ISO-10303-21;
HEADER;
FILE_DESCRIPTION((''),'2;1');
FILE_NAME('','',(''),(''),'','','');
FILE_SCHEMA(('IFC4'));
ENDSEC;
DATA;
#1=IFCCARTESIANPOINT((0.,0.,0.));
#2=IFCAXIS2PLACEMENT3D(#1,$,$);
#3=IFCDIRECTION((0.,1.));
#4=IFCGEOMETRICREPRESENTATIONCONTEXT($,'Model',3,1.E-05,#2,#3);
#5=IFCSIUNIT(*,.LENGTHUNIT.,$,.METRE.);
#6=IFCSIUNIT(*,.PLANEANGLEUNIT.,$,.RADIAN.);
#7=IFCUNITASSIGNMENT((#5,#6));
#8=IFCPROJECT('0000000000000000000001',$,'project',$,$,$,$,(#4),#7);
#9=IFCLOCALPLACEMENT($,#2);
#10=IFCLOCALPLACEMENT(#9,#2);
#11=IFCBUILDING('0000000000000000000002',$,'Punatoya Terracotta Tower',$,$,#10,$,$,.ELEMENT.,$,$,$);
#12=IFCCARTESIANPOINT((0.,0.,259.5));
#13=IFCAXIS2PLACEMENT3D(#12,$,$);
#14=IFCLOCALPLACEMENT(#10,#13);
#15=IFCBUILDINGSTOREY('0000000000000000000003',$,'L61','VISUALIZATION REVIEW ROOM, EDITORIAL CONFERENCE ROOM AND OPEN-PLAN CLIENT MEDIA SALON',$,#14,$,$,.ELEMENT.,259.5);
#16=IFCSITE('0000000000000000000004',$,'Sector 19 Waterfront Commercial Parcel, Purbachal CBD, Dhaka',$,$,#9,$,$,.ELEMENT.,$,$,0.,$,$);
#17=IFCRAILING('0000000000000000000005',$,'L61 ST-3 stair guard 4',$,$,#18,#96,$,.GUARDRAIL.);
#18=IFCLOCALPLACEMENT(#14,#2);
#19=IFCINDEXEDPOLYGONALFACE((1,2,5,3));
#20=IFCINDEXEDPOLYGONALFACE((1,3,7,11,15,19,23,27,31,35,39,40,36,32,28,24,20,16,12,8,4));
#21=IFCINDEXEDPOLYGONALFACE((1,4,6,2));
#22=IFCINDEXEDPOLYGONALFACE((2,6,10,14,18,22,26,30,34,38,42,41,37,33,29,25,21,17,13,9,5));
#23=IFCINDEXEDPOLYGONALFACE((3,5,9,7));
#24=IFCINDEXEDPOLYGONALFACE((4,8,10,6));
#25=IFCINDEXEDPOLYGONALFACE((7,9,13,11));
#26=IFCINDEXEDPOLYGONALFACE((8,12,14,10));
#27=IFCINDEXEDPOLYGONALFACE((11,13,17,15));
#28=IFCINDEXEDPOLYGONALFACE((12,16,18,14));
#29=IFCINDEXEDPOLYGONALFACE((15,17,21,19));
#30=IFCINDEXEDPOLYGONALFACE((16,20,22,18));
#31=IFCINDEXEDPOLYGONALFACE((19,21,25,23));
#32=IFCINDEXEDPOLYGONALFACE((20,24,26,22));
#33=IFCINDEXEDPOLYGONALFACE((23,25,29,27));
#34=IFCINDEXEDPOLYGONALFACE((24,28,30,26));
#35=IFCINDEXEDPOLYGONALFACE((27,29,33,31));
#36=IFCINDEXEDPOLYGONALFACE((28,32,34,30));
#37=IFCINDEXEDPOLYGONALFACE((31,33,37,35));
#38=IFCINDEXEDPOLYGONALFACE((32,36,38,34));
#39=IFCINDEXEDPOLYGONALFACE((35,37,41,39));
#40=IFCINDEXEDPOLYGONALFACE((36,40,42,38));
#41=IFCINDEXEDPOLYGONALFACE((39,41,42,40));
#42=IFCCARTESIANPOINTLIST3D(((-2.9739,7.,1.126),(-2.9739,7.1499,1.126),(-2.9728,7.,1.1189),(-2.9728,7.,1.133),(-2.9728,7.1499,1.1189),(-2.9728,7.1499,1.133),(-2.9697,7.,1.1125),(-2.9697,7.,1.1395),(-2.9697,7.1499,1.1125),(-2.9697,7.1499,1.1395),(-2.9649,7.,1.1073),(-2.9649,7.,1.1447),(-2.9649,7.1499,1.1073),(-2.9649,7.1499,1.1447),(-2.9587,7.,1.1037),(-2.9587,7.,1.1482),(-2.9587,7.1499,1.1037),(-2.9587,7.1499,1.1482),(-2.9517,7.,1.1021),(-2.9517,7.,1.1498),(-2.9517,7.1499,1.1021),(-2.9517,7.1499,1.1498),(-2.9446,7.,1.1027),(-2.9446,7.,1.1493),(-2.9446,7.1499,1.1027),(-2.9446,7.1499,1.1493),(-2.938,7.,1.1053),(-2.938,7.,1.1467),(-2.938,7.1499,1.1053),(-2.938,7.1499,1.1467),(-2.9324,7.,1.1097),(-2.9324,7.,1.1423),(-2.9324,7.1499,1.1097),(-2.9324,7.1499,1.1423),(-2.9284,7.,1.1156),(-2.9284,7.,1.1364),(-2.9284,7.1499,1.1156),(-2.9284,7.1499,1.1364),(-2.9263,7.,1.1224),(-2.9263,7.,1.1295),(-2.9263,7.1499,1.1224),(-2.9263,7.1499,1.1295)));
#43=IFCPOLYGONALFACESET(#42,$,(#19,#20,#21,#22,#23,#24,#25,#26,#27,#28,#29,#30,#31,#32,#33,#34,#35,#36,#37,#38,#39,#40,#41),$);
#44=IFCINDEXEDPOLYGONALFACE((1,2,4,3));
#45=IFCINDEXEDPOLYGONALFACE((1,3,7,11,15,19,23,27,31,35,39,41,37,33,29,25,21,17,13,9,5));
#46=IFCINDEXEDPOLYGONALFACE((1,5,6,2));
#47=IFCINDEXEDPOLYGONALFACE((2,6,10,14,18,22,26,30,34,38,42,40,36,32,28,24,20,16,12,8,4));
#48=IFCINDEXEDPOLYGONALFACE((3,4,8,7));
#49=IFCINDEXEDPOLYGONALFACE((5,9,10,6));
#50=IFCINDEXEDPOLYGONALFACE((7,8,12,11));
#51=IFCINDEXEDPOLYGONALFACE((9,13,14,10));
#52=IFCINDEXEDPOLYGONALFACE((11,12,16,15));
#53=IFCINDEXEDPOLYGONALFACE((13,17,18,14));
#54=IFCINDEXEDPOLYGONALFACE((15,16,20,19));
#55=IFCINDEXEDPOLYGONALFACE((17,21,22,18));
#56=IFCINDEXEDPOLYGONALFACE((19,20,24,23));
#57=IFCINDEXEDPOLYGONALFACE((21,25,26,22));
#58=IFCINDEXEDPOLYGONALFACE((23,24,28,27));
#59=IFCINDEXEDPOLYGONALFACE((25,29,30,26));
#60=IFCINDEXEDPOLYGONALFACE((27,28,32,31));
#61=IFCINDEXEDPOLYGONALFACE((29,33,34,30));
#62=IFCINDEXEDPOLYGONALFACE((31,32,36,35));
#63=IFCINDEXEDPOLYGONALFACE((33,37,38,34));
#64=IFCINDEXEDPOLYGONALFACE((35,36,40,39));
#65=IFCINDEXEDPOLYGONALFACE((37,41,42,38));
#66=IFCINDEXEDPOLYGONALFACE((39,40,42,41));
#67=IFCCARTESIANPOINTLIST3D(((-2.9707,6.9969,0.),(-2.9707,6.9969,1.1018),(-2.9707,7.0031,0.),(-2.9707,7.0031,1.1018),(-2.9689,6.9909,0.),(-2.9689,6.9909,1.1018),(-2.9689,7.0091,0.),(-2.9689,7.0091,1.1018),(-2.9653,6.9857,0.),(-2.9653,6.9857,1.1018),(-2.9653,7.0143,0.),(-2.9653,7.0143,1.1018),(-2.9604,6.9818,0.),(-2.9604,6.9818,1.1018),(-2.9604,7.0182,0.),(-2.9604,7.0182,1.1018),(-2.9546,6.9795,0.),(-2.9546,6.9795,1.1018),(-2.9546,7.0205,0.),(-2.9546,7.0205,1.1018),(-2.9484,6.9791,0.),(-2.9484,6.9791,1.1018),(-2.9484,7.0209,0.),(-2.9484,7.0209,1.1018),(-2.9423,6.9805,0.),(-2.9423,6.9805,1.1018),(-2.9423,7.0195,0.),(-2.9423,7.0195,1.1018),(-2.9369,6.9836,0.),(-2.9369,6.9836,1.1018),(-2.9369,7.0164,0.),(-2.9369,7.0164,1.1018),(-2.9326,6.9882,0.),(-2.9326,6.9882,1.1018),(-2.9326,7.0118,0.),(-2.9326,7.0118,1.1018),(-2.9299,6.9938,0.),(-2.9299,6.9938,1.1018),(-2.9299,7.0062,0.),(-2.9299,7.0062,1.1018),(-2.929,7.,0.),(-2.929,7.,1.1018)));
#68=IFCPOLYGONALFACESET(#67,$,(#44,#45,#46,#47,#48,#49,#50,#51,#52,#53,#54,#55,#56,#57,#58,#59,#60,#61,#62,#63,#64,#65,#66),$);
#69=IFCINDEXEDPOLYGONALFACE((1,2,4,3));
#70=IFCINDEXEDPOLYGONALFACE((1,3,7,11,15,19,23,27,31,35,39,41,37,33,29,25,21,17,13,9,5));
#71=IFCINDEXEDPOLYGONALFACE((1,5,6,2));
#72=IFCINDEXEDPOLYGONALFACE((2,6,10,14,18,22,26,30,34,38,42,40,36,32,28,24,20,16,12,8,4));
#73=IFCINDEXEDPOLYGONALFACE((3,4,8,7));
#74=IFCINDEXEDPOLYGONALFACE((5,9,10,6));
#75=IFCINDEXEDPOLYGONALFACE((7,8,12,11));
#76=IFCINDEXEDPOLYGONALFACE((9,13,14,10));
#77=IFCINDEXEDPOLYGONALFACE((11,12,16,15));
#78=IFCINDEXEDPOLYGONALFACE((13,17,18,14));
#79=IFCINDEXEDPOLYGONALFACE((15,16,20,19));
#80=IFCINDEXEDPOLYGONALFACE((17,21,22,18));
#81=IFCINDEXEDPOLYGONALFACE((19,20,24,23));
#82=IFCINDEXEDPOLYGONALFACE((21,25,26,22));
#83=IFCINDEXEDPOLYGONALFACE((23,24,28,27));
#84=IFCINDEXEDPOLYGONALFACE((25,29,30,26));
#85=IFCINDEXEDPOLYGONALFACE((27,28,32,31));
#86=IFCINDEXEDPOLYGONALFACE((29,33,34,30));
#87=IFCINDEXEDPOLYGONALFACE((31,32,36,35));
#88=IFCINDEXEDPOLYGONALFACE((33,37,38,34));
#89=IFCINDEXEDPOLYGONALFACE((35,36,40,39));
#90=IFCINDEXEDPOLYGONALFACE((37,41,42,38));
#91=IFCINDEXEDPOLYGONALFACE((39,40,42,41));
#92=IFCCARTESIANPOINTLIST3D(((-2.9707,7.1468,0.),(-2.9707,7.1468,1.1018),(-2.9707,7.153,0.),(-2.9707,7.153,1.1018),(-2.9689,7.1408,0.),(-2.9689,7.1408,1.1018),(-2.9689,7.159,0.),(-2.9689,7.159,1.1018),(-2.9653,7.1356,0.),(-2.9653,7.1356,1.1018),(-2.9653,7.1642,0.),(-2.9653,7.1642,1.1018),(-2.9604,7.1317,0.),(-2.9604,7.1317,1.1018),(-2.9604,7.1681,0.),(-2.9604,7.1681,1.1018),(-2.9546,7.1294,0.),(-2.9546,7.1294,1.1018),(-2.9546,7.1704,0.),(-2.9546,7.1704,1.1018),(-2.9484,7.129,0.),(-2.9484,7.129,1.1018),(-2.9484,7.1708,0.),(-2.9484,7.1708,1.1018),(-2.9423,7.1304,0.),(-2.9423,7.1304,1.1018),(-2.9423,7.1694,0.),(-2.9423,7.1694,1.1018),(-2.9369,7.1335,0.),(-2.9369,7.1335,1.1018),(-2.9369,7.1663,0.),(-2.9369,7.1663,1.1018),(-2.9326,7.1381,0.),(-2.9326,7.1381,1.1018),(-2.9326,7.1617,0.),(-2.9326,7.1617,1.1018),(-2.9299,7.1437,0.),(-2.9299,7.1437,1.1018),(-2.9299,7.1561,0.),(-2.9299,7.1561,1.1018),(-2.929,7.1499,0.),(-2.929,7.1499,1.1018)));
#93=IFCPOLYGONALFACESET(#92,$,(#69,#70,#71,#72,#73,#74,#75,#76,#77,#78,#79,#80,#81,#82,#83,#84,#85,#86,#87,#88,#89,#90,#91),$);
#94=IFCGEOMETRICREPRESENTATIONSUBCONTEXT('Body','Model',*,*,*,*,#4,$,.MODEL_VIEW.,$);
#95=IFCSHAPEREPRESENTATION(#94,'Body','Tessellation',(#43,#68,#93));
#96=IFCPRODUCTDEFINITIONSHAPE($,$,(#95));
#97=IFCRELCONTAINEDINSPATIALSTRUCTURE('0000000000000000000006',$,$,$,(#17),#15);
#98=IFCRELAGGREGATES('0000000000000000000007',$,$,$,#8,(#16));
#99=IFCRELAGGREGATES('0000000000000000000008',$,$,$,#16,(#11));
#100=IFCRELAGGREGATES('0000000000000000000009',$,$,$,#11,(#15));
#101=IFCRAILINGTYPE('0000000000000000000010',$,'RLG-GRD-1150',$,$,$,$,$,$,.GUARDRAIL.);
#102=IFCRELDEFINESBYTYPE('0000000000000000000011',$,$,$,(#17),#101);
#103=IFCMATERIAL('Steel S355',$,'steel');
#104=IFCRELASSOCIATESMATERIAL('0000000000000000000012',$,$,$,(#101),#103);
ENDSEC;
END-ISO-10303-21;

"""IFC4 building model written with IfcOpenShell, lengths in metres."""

from ifc_helpers import new_model, si_unit, direction, frame, origin, origin_2d, place, context, subcontext, project, spatial, circle, extrude, material, type_object, element, save


model = new_model("IFC4")

# Units and contexts
model_context = context("Model", 3, precision=1e-05, world=origin(), true_north=direction((0.0, 1.0)))
body_context = subcontext(model_context, "Body", "Model", "MODEL_VIEW")
ifc_project = project(units=[si_unit("LENGTHUNIT", "METRE"), si_unit("PLANEANGLEUNIT", "RADIAN")], contexts=[model_context])

# Site, building, storey
site_placement = place(None, origin())
site = spatial("IfcSite", under=ifc_project, at=site_placement, Name="Sector 19 Waterfront Commercial Parcel, Purbachal CBD, Dhaka", CompositionType="ELEMENT", RefElevation=0.0)
building_placement = place(site_placement, origin())
building = spatial("IfcBuilding", under=site, at=building_placement, Name="Punatoya Terracotta Tower", CompositionType="ELEMENT")
storey_placement = place(building_placement, frame((0.0, 0.0, 259.5)))
storey = spatial("IfcBuildingStorey", under=building, at=storey_placement, Name="L61", Description="VISUALIZATION REVIEW ROOM, EDITORIAL CONFERENCE ROOM AND OPEN-PLAN CLIENT MEDIA SALON", CompositionType="ELEMENT", Elevation=259.5)

# Shared definitions
ifc_material_1 = material(Name="Steel S355", Category="steel")

# Railing
railing_type_1 = type_object("IfcRailingType", Name="RLG-GRD-1150", PredefinedType="GUARDRAIL", material=ifc_material_1)
railing_1_placement = place(storey_placement, frame((-2.95, 7.0, 0.0)))
element("IfcRailing", 1, at=railing_1_placement, inside=storey, type_object=railing_type_1, Name="L61 ST-3 stair guard 4", PredefinedType="GUARDRAIL", context=body_context, shape_type="SweptSolid", body=[
    extrude(circle(Radius=0.0239, at=origin_2d()), frame((0.0, 0.0, 1.126), z_axis=(0.0, 1.0, 0.0), x_axis=(-1.0, 0.0, 0.0)), (0.0, 0.0, 1.0), 0.1499),
    extrude(circle(Radius=0.021, at=origin_2d()), origin(), (0.0, 0.0, 1.0), 1.1018),
    extrude(circle(Radius=0.021, at=origin_2d()), frame((0.0, 0.1499, 0.0)), (0.0, 0.0, 1.0), 1.1018),
])

save(model, "model.ifc")
